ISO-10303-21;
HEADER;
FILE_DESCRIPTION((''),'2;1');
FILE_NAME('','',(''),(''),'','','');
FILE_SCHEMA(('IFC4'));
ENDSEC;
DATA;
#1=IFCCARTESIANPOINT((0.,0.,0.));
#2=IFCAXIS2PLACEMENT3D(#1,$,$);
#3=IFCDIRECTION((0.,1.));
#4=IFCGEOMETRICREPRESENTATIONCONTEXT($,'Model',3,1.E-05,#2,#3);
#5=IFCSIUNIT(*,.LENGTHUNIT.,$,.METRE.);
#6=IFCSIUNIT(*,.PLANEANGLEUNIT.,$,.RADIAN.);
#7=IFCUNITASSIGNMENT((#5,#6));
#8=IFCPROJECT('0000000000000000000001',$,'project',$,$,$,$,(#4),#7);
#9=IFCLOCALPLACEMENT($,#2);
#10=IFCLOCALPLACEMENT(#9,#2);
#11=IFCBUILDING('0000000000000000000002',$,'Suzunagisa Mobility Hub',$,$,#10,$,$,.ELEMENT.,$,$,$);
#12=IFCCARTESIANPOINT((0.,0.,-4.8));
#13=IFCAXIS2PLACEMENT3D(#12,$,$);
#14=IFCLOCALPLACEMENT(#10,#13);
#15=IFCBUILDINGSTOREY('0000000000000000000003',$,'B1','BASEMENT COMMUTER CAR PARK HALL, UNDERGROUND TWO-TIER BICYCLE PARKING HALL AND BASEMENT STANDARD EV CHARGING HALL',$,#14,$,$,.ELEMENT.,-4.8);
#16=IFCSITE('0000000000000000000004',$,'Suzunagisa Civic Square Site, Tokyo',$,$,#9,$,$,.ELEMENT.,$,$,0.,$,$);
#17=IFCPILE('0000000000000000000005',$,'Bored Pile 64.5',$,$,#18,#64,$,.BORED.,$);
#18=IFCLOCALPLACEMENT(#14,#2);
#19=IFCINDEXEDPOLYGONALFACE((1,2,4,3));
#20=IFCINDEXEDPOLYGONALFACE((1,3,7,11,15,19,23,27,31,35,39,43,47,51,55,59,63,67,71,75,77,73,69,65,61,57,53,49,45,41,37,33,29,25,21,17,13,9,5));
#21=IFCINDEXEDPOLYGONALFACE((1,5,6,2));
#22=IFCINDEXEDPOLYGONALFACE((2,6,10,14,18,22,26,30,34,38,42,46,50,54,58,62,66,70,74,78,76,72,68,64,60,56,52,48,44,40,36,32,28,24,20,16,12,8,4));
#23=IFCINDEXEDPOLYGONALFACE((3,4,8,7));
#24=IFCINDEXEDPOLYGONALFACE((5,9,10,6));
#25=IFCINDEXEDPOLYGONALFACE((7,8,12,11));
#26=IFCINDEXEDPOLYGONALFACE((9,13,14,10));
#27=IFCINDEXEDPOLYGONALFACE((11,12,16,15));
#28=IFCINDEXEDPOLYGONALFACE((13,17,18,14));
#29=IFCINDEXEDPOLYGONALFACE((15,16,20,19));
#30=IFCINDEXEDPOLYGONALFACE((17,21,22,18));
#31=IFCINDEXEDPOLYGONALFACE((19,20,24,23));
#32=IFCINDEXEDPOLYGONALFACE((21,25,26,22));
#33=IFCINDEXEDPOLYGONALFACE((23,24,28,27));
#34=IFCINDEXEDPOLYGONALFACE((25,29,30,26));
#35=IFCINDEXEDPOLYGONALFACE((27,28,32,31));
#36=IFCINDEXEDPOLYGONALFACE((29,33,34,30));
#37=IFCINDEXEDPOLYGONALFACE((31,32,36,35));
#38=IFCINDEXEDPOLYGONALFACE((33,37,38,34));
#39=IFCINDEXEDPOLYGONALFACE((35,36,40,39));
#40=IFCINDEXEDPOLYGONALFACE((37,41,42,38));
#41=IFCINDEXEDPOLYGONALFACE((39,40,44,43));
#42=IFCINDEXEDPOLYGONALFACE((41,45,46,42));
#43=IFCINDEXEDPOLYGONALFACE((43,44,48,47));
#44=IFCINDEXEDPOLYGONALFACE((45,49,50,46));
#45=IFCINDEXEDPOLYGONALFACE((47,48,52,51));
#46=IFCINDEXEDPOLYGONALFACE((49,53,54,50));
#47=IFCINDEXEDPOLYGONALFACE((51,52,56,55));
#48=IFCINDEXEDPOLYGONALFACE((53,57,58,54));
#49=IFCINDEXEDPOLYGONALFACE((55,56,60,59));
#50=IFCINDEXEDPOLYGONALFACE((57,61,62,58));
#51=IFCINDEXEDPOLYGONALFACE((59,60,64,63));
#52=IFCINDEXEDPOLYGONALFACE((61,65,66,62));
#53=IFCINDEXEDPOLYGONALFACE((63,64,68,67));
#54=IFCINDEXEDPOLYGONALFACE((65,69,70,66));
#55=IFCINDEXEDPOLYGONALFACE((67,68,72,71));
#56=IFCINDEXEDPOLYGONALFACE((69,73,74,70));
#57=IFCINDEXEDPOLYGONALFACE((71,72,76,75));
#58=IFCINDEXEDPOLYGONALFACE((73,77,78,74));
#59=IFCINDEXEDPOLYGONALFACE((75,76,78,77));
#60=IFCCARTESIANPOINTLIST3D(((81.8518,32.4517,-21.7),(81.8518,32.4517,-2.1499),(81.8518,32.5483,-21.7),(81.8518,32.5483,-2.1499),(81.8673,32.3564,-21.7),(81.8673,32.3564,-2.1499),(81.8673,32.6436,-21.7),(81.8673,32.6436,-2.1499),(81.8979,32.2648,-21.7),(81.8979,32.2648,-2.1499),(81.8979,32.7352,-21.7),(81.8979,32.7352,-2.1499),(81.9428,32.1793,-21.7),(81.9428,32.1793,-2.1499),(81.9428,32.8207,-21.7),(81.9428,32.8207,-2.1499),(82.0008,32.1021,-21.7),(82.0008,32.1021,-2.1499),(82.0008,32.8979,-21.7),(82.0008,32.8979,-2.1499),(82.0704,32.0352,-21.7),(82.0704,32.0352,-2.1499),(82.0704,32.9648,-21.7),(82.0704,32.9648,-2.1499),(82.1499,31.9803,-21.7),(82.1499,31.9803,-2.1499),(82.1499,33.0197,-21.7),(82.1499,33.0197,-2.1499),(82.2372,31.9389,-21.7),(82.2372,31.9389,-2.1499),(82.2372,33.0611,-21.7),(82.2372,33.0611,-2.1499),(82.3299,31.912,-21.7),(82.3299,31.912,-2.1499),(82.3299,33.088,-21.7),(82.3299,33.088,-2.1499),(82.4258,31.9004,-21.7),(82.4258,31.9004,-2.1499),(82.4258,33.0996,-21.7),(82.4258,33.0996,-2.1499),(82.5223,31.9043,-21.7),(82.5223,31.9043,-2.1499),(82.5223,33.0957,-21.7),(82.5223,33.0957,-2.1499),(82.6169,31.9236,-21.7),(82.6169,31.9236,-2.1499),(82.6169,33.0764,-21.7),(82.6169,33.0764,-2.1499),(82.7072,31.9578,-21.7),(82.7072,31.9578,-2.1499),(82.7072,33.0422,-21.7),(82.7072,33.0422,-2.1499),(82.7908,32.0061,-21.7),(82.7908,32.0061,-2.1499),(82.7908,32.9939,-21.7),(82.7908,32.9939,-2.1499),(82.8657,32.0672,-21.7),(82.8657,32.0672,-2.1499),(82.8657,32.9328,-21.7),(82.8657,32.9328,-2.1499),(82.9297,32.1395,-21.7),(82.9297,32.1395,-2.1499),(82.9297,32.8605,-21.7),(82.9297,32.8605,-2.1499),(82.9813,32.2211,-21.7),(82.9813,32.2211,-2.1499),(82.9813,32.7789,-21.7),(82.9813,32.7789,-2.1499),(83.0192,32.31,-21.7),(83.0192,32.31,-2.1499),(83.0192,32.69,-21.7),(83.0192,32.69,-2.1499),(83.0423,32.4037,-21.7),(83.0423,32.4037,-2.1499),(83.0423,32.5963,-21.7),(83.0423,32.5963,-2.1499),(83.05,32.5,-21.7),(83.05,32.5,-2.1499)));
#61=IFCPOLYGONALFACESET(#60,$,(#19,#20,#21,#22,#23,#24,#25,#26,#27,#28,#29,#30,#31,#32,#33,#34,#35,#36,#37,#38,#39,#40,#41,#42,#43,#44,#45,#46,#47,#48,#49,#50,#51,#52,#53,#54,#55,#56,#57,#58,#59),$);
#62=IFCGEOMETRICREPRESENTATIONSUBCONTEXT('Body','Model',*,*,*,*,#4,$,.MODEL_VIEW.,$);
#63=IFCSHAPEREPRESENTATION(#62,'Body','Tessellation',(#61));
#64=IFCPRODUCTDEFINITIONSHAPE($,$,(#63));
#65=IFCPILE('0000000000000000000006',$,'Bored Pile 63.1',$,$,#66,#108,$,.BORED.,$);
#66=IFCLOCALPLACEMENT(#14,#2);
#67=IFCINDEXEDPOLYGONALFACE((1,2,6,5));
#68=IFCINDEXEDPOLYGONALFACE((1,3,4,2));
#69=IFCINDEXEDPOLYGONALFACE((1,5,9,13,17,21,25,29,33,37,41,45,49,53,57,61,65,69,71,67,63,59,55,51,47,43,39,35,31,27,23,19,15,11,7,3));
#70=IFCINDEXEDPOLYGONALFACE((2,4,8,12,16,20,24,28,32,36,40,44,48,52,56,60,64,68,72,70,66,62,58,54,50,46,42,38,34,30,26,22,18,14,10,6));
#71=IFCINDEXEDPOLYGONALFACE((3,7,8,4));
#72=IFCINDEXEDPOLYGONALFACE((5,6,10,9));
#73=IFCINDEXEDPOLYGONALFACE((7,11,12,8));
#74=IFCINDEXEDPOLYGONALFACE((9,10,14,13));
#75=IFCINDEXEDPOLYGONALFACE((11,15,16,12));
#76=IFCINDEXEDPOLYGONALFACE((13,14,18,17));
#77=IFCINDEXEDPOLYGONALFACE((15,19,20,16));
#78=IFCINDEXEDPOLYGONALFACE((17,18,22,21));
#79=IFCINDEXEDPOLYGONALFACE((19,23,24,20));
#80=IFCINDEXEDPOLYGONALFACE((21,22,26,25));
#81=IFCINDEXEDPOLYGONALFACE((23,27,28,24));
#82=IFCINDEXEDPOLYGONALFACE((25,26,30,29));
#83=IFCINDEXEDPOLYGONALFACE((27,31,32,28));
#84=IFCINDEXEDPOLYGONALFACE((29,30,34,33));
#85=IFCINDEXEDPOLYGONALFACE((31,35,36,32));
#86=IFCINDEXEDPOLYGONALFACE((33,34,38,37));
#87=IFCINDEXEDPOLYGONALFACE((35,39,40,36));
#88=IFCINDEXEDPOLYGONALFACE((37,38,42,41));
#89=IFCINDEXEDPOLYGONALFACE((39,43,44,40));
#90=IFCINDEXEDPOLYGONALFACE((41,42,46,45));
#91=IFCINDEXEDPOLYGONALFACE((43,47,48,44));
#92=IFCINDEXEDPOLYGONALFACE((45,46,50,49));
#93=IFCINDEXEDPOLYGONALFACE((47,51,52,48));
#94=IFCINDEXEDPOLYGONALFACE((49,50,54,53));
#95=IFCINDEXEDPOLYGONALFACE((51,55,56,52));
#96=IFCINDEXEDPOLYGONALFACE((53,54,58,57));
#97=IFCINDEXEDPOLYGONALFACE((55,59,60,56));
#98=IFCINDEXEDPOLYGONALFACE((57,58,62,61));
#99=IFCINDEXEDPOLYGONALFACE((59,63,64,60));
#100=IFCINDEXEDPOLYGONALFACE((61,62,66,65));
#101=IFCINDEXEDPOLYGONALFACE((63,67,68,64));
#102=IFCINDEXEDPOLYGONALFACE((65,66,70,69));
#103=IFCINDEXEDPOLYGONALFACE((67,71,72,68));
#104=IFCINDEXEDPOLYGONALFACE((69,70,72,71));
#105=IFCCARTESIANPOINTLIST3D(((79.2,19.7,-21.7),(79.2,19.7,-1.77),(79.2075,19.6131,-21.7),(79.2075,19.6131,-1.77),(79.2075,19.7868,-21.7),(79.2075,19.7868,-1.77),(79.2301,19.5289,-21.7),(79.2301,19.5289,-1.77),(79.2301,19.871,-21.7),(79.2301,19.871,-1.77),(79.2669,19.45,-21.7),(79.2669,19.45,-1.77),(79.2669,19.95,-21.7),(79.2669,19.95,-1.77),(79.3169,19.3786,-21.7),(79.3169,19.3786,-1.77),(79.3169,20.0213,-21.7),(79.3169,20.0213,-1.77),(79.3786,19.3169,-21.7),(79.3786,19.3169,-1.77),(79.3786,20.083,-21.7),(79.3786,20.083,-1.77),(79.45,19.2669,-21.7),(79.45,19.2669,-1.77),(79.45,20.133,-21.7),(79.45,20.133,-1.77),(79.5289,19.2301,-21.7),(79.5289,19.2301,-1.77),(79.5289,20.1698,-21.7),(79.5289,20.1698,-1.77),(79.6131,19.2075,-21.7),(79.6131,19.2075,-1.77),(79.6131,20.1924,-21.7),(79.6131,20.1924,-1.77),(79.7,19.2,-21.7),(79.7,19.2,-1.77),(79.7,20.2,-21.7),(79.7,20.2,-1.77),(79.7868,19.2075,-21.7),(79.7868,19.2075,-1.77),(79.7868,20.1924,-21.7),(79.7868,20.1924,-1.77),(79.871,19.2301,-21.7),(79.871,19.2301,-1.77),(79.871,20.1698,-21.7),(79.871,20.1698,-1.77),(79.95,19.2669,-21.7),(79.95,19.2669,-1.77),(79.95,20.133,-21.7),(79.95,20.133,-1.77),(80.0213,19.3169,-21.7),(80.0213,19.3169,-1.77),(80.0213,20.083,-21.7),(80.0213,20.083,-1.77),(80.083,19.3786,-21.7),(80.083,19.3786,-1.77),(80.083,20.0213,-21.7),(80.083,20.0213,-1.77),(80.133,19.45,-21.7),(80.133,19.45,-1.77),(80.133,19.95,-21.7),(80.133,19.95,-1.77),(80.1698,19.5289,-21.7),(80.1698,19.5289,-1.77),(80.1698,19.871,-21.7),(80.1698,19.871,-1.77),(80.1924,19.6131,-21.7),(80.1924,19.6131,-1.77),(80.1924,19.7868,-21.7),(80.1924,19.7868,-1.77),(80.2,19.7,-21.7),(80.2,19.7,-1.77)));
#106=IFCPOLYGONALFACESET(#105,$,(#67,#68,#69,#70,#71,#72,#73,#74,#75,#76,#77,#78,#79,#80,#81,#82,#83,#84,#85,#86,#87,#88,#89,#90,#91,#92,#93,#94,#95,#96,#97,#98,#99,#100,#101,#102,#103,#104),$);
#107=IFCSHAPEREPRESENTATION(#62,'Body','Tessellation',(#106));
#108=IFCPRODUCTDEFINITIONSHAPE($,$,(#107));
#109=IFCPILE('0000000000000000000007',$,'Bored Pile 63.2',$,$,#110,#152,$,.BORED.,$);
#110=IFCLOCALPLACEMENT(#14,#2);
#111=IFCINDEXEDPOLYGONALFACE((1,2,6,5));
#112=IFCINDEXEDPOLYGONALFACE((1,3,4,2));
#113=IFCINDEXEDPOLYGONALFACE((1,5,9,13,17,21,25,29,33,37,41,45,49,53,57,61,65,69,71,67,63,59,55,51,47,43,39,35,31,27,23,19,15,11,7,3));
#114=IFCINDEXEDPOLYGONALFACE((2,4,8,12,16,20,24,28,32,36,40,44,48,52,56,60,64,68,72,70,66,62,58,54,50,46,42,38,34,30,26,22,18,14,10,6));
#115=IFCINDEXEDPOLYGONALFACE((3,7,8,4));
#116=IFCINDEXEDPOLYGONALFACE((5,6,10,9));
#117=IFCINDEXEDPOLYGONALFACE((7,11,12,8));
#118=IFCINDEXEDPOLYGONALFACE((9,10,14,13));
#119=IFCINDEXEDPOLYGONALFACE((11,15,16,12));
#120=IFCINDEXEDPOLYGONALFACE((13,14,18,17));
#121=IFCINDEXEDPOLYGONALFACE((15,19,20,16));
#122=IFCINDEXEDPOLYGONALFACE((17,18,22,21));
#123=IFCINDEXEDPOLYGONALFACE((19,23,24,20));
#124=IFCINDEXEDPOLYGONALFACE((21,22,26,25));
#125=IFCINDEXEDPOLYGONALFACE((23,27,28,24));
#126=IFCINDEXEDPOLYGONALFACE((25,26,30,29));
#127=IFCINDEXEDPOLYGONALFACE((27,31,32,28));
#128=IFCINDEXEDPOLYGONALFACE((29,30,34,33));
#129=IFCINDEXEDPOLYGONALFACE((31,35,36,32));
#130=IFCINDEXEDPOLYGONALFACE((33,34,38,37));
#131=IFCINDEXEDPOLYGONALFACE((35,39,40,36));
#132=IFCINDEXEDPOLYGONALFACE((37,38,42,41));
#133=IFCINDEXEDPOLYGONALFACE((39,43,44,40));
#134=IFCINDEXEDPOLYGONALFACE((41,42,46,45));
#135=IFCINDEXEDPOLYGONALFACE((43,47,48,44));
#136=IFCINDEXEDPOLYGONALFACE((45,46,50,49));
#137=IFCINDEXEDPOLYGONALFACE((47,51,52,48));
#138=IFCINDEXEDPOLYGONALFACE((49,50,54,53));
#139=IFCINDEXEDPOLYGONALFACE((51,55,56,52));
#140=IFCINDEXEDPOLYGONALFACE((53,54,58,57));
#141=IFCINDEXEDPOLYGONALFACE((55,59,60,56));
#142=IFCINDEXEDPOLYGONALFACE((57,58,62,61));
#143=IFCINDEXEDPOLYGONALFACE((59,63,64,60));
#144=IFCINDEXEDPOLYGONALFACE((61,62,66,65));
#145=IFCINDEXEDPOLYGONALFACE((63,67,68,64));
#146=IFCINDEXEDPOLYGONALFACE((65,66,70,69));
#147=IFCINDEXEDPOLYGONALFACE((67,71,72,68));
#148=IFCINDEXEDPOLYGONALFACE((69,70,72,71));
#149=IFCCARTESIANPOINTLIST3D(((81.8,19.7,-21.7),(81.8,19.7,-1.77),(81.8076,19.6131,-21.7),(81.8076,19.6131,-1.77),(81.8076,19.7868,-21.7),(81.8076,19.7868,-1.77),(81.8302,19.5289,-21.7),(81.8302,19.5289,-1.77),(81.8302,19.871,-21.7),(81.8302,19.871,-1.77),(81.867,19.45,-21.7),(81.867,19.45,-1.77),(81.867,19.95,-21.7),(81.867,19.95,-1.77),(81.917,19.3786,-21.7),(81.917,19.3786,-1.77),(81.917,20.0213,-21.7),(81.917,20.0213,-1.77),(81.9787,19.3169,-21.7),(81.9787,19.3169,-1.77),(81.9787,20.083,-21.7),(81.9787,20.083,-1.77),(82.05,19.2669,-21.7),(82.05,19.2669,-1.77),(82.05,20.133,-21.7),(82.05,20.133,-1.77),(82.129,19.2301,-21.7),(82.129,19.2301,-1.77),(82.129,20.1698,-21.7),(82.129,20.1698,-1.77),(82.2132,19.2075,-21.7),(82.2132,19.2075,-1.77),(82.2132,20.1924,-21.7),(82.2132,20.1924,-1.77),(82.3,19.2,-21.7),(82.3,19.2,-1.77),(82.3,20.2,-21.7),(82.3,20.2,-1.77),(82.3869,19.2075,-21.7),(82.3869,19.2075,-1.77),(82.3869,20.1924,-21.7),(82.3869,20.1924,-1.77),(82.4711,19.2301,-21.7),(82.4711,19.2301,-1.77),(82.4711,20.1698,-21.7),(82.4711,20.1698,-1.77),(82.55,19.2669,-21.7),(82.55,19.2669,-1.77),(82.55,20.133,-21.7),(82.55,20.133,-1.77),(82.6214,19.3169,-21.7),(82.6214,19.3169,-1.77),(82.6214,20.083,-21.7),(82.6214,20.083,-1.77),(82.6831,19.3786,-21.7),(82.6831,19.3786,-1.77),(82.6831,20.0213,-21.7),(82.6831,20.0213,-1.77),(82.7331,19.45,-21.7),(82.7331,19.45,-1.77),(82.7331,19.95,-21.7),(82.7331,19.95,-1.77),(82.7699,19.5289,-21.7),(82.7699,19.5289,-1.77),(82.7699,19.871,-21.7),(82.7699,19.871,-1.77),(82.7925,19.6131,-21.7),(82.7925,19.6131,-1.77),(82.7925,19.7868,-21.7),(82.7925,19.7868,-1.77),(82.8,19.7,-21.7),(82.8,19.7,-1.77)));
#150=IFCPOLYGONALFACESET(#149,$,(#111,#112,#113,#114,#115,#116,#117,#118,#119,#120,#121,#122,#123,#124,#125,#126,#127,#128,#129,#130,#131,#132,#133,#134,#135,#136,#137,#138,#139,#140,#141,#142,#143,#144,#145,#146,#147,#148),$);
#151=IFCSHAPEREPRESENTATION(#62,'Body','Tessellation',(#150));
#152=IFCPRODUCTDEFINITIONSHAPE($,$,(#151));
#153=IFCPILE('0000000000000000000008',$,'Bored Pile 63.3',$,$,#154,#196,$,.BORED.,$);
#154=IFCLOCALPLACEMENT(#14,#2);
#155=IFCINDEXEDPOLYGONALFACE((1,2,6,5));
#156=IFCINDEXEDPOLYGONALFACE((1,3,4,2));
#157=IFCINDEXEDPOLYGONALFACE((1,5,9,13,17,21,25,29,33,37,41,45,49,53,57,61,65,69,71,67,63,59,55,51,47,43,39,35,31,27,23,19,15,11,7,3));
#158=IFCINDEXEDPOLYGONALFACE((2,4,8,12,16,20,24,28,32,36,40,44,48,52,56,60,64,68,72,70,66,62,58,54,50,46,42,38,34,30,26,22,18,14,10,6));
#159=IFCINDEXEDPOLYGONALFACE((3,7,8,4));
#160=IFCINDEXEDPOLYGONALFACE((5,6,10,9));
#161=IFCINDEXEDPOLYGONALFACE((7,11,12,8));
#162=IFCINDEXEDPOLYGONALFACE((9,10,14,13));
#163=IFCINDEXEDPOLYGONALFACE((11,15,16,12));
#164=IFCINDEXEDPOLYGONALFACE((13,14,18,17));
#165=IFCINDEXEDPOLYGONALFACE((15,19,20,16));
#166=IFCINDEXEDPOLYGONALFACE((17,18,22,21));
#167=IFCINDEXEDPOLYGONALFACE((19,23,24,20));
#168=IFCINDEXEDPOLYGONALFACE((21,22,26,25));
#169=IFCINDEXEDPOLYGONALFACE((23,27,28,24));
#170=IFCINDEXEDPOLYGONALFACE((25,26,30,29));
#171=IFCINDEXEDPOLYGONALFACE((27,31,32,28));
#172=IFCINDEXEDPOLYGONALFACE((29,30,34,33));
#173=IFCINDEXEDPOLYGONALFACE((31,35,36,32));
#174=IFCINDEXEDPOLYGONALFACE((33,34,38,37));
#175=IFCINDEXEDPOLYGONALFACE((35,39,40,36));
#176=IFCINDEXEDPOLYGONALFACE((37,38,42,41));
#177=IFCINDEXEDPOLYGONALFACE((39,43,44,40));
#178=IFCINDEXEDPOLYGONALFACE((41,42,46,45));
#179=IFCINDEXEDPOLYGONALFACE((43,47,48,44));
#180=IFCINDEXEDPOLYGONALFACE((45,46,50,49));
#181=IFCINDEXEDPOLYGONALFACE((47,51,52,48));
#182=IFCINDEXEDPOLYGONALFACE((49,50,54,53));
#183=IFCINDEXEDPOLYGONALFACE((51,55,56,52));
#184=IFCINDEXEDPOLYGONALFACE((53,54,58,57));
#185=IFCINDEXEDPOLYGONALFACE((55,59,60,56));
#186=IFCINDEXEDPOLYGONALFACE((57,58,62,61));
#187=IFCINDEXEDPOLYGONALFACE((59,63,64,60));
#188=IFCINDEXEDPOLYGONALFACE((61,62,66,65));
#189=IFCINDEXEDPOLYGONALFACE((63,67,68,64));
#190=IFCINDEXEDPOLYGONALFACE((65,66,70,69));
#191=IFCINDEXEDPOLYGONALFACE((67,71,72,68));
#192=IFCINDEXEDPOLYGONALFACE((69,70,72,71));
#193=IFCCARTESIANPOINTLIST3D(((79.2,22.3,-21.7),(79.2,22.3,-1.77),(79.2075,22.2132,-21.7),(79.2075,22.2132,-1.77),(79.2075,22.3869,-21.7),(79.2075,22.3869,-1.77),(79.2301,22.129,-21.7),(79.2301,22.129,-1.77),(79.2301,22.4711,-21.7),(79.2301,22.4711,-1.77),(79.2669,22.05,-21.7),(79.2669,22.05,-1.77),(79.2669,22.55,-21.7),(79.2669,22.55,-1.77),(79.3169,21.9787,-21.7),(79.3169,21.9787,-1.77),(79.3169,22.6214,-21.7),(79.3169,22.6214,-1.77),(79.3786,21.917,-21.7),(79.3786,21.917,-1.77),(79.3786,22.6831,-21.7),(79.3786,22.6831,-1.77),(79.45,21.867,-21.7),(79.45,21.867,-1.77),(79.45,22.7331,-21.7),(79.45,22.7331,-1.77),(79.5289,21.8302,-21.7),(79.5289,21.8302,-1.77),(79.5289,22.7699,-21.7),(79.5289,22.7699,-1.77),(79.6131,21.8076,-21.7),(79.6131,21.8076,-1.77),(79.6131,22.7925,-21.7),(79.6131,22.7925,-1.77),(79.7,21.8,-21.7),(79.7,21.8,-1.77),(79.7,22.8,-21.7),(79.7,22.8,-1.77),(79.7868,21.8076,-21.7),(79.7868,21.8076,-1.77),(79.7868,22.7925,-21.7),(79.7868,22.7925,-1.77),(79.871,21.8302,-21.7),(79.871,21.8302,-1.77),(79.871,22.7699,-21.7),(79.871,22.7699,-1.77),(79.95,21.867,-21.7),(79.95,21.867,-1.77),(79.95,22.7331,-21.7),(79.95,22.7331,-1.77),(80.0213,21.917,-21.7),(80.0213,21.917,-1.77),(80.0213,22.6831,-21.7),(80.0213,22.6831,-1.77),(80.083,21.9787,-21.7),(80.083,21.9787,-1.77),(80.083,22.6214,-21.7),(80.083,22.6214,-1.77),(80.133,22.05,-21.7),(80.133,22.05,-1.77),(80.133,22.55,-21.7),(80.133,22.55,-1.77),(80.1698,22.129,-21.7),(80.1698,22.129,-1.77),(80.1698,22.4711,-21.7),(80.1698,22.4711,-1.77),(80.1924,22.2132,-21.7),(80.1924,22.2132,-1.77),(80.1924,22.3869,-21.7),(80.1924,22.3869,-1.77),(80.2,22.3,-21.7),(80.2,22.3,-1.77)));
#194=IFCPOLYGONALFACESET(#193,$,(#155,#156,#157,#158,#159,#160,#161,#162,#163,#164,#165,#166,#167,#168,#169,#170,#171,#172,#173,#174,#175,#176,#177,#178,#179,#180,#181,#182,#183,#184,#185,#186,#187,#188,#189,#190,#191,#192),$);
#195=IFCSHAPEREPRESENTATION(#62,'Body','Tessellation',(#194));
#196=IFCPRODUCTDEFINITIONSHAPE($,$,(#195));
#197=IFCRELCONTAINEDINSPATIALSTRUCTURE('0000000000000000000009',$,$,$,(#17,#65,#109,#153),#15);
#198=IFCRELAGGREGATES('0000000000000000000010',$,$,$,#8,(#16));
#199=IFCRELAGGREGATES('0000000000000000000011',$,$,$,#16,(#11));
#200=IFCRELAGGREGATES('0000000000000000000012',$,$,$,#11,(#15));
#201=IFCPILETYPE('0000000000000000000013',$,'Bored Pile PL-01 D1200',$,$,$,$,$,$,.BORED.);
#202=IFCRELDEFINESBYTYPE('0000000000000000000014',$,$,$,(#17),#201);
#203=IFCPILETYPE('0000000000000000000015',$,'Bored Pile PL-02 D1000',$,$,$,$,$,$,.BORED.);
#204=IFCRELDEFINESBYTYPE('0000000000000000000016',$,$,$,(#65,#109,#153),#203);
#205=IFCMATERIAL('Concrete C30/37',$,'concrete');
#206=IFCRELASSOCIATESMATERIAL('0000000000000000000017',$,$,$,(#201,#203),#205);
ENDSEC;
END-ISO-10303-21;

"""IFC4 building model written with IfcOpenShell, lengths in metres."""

from ifc_helpers import new_model, si_unit, direction, frame, origin, origin_2d, place, context, subcontext, project, spatial, circle, extrude, material, material_profile, profile_set, type_object, element, save


model = new_model("IFC4")

# Units and contexts
model_context = context("Model", 3, precision=1e-05, world=origin(), true_north=direction((0.0, 1.0)))
body_context = subcontext(model_context, "Body", "Model", "MODEL_VIEW")
ifc_project = project(units=[si_unit("LENGTHUNIT", "METRE"), si_unit("PLANEANGLEUNIT", "RADIAN")], contexts=[model_context])

# Site, building, storey
site_placement = place(None, origin())
site = spatial("IfcSite", under=ifc_project, at=site_placement, Name="Suzunagisa Civic Square Site, Tokyo", CompositionType="ELEMENT", RefElevation=0.0)
building_placement = place(site_placement, origin())
building = spatial("IfcBuilding", under=site, at=building_placement, Name="Suzunagisa Mobility Hub", CompositionType="ELEMENT")
storey_placement = place(building_placement, frame((0.0, 0.0, -4.8)))
storey = spatial("IfcBuildingStorey", under=building, at=storey_placement, Name="B1", Description="BASEMENT COMMUTER CAR PARK HALL, UNDERGROUND TWO-TIER BICYCLE PARKING HALL AND BASEMENT STANDARD EV CHARGING HALL", CompositionType="ELEMENT", Elevation=-4.8)

# Piles
ifc_material_1 = material(Name="Concrete C30/37", Category="concrete")
ifc_material_profile_1 = material_profile(ifc_material_1, circle(Radius=0.6001, at=origin_2d()), Name="BORED PILE D1200")
ifc_profile_set_1 = profile_set([ifc_material_profile_1], Name="Concrete C30/37")
pile_type_1 = type_object("IfcPileType", Name="Bored Pile PL-01 D1200", PredefinedType="BORED", material=ifc_profile_set_1)
for number, where, z_axis, x_axis, name in (
    (1, (82.45, 32.5, -2.1499), (0.0, 0.0, -1.0), (1.0, 0.0, 0.0), "Bored Pile 64.5"),
):
    element("IfcPile", number, at=place(storey_placement, frame(where, z_axis=z_axis, x_axis=x_axis)), inside=storey, type_object=pile_type_1, Name=name, PredefinedType="BORED", context=body_context, shape_type="SweptSolid", body=[
        extrude(circle(Radius=0.6001, at=origin_2d()), origin(), (0.0, 0.0, 1.0), 19.55),
    ])
ifc_material_profile_2 = material_profile(ifc_material_1, circle(Radius=0.5, at=origin_2d()), Name="BORED PILE D1000")
ifc_profile_set_2 = profile_set([ifc_material_profile_2], Name="Concrete C30/37")
pile_type_2 = type_object("IfcPileType", Name="Bored Pile PL-02 D1000", PredefinedType="BORED", material=ifc_profile_set_2)
for number, where, z_axis, x_axis, name in (
    (2, (79.7, 19.7, -1.77), (0.0, 0.0, -1.0), (1.0, 0.0, 0.0), "Bored Pile 63.1"),
    (3, (82.3, 19.7, -1.77), (0.0, 0.0, -1.0), (1.0, 0.0, 0.0), "Bored Pile 63.2"),
    (4, (79.7, 22.3, -1.77), (0.0, 0.0, -1.0), (1.0, 0.0, 0.0), "Bored Pile 63.3"),
):
    element("IfcPile", number, at=place(storey_placement, frame(where, z_axis=z_axis, x_axis=x_axis)), inside=storey, type_object=pile_type_2, Name=name, PredefinedType="BORED", context=body_context, shape_type="SweptSolid", body=[
        extrude(circle(Radius=0.5, at=origin_2d()), origin(), (0.0, 0.0, 1.0), 19.9299),
    ])

save(model, "model.ifc")
